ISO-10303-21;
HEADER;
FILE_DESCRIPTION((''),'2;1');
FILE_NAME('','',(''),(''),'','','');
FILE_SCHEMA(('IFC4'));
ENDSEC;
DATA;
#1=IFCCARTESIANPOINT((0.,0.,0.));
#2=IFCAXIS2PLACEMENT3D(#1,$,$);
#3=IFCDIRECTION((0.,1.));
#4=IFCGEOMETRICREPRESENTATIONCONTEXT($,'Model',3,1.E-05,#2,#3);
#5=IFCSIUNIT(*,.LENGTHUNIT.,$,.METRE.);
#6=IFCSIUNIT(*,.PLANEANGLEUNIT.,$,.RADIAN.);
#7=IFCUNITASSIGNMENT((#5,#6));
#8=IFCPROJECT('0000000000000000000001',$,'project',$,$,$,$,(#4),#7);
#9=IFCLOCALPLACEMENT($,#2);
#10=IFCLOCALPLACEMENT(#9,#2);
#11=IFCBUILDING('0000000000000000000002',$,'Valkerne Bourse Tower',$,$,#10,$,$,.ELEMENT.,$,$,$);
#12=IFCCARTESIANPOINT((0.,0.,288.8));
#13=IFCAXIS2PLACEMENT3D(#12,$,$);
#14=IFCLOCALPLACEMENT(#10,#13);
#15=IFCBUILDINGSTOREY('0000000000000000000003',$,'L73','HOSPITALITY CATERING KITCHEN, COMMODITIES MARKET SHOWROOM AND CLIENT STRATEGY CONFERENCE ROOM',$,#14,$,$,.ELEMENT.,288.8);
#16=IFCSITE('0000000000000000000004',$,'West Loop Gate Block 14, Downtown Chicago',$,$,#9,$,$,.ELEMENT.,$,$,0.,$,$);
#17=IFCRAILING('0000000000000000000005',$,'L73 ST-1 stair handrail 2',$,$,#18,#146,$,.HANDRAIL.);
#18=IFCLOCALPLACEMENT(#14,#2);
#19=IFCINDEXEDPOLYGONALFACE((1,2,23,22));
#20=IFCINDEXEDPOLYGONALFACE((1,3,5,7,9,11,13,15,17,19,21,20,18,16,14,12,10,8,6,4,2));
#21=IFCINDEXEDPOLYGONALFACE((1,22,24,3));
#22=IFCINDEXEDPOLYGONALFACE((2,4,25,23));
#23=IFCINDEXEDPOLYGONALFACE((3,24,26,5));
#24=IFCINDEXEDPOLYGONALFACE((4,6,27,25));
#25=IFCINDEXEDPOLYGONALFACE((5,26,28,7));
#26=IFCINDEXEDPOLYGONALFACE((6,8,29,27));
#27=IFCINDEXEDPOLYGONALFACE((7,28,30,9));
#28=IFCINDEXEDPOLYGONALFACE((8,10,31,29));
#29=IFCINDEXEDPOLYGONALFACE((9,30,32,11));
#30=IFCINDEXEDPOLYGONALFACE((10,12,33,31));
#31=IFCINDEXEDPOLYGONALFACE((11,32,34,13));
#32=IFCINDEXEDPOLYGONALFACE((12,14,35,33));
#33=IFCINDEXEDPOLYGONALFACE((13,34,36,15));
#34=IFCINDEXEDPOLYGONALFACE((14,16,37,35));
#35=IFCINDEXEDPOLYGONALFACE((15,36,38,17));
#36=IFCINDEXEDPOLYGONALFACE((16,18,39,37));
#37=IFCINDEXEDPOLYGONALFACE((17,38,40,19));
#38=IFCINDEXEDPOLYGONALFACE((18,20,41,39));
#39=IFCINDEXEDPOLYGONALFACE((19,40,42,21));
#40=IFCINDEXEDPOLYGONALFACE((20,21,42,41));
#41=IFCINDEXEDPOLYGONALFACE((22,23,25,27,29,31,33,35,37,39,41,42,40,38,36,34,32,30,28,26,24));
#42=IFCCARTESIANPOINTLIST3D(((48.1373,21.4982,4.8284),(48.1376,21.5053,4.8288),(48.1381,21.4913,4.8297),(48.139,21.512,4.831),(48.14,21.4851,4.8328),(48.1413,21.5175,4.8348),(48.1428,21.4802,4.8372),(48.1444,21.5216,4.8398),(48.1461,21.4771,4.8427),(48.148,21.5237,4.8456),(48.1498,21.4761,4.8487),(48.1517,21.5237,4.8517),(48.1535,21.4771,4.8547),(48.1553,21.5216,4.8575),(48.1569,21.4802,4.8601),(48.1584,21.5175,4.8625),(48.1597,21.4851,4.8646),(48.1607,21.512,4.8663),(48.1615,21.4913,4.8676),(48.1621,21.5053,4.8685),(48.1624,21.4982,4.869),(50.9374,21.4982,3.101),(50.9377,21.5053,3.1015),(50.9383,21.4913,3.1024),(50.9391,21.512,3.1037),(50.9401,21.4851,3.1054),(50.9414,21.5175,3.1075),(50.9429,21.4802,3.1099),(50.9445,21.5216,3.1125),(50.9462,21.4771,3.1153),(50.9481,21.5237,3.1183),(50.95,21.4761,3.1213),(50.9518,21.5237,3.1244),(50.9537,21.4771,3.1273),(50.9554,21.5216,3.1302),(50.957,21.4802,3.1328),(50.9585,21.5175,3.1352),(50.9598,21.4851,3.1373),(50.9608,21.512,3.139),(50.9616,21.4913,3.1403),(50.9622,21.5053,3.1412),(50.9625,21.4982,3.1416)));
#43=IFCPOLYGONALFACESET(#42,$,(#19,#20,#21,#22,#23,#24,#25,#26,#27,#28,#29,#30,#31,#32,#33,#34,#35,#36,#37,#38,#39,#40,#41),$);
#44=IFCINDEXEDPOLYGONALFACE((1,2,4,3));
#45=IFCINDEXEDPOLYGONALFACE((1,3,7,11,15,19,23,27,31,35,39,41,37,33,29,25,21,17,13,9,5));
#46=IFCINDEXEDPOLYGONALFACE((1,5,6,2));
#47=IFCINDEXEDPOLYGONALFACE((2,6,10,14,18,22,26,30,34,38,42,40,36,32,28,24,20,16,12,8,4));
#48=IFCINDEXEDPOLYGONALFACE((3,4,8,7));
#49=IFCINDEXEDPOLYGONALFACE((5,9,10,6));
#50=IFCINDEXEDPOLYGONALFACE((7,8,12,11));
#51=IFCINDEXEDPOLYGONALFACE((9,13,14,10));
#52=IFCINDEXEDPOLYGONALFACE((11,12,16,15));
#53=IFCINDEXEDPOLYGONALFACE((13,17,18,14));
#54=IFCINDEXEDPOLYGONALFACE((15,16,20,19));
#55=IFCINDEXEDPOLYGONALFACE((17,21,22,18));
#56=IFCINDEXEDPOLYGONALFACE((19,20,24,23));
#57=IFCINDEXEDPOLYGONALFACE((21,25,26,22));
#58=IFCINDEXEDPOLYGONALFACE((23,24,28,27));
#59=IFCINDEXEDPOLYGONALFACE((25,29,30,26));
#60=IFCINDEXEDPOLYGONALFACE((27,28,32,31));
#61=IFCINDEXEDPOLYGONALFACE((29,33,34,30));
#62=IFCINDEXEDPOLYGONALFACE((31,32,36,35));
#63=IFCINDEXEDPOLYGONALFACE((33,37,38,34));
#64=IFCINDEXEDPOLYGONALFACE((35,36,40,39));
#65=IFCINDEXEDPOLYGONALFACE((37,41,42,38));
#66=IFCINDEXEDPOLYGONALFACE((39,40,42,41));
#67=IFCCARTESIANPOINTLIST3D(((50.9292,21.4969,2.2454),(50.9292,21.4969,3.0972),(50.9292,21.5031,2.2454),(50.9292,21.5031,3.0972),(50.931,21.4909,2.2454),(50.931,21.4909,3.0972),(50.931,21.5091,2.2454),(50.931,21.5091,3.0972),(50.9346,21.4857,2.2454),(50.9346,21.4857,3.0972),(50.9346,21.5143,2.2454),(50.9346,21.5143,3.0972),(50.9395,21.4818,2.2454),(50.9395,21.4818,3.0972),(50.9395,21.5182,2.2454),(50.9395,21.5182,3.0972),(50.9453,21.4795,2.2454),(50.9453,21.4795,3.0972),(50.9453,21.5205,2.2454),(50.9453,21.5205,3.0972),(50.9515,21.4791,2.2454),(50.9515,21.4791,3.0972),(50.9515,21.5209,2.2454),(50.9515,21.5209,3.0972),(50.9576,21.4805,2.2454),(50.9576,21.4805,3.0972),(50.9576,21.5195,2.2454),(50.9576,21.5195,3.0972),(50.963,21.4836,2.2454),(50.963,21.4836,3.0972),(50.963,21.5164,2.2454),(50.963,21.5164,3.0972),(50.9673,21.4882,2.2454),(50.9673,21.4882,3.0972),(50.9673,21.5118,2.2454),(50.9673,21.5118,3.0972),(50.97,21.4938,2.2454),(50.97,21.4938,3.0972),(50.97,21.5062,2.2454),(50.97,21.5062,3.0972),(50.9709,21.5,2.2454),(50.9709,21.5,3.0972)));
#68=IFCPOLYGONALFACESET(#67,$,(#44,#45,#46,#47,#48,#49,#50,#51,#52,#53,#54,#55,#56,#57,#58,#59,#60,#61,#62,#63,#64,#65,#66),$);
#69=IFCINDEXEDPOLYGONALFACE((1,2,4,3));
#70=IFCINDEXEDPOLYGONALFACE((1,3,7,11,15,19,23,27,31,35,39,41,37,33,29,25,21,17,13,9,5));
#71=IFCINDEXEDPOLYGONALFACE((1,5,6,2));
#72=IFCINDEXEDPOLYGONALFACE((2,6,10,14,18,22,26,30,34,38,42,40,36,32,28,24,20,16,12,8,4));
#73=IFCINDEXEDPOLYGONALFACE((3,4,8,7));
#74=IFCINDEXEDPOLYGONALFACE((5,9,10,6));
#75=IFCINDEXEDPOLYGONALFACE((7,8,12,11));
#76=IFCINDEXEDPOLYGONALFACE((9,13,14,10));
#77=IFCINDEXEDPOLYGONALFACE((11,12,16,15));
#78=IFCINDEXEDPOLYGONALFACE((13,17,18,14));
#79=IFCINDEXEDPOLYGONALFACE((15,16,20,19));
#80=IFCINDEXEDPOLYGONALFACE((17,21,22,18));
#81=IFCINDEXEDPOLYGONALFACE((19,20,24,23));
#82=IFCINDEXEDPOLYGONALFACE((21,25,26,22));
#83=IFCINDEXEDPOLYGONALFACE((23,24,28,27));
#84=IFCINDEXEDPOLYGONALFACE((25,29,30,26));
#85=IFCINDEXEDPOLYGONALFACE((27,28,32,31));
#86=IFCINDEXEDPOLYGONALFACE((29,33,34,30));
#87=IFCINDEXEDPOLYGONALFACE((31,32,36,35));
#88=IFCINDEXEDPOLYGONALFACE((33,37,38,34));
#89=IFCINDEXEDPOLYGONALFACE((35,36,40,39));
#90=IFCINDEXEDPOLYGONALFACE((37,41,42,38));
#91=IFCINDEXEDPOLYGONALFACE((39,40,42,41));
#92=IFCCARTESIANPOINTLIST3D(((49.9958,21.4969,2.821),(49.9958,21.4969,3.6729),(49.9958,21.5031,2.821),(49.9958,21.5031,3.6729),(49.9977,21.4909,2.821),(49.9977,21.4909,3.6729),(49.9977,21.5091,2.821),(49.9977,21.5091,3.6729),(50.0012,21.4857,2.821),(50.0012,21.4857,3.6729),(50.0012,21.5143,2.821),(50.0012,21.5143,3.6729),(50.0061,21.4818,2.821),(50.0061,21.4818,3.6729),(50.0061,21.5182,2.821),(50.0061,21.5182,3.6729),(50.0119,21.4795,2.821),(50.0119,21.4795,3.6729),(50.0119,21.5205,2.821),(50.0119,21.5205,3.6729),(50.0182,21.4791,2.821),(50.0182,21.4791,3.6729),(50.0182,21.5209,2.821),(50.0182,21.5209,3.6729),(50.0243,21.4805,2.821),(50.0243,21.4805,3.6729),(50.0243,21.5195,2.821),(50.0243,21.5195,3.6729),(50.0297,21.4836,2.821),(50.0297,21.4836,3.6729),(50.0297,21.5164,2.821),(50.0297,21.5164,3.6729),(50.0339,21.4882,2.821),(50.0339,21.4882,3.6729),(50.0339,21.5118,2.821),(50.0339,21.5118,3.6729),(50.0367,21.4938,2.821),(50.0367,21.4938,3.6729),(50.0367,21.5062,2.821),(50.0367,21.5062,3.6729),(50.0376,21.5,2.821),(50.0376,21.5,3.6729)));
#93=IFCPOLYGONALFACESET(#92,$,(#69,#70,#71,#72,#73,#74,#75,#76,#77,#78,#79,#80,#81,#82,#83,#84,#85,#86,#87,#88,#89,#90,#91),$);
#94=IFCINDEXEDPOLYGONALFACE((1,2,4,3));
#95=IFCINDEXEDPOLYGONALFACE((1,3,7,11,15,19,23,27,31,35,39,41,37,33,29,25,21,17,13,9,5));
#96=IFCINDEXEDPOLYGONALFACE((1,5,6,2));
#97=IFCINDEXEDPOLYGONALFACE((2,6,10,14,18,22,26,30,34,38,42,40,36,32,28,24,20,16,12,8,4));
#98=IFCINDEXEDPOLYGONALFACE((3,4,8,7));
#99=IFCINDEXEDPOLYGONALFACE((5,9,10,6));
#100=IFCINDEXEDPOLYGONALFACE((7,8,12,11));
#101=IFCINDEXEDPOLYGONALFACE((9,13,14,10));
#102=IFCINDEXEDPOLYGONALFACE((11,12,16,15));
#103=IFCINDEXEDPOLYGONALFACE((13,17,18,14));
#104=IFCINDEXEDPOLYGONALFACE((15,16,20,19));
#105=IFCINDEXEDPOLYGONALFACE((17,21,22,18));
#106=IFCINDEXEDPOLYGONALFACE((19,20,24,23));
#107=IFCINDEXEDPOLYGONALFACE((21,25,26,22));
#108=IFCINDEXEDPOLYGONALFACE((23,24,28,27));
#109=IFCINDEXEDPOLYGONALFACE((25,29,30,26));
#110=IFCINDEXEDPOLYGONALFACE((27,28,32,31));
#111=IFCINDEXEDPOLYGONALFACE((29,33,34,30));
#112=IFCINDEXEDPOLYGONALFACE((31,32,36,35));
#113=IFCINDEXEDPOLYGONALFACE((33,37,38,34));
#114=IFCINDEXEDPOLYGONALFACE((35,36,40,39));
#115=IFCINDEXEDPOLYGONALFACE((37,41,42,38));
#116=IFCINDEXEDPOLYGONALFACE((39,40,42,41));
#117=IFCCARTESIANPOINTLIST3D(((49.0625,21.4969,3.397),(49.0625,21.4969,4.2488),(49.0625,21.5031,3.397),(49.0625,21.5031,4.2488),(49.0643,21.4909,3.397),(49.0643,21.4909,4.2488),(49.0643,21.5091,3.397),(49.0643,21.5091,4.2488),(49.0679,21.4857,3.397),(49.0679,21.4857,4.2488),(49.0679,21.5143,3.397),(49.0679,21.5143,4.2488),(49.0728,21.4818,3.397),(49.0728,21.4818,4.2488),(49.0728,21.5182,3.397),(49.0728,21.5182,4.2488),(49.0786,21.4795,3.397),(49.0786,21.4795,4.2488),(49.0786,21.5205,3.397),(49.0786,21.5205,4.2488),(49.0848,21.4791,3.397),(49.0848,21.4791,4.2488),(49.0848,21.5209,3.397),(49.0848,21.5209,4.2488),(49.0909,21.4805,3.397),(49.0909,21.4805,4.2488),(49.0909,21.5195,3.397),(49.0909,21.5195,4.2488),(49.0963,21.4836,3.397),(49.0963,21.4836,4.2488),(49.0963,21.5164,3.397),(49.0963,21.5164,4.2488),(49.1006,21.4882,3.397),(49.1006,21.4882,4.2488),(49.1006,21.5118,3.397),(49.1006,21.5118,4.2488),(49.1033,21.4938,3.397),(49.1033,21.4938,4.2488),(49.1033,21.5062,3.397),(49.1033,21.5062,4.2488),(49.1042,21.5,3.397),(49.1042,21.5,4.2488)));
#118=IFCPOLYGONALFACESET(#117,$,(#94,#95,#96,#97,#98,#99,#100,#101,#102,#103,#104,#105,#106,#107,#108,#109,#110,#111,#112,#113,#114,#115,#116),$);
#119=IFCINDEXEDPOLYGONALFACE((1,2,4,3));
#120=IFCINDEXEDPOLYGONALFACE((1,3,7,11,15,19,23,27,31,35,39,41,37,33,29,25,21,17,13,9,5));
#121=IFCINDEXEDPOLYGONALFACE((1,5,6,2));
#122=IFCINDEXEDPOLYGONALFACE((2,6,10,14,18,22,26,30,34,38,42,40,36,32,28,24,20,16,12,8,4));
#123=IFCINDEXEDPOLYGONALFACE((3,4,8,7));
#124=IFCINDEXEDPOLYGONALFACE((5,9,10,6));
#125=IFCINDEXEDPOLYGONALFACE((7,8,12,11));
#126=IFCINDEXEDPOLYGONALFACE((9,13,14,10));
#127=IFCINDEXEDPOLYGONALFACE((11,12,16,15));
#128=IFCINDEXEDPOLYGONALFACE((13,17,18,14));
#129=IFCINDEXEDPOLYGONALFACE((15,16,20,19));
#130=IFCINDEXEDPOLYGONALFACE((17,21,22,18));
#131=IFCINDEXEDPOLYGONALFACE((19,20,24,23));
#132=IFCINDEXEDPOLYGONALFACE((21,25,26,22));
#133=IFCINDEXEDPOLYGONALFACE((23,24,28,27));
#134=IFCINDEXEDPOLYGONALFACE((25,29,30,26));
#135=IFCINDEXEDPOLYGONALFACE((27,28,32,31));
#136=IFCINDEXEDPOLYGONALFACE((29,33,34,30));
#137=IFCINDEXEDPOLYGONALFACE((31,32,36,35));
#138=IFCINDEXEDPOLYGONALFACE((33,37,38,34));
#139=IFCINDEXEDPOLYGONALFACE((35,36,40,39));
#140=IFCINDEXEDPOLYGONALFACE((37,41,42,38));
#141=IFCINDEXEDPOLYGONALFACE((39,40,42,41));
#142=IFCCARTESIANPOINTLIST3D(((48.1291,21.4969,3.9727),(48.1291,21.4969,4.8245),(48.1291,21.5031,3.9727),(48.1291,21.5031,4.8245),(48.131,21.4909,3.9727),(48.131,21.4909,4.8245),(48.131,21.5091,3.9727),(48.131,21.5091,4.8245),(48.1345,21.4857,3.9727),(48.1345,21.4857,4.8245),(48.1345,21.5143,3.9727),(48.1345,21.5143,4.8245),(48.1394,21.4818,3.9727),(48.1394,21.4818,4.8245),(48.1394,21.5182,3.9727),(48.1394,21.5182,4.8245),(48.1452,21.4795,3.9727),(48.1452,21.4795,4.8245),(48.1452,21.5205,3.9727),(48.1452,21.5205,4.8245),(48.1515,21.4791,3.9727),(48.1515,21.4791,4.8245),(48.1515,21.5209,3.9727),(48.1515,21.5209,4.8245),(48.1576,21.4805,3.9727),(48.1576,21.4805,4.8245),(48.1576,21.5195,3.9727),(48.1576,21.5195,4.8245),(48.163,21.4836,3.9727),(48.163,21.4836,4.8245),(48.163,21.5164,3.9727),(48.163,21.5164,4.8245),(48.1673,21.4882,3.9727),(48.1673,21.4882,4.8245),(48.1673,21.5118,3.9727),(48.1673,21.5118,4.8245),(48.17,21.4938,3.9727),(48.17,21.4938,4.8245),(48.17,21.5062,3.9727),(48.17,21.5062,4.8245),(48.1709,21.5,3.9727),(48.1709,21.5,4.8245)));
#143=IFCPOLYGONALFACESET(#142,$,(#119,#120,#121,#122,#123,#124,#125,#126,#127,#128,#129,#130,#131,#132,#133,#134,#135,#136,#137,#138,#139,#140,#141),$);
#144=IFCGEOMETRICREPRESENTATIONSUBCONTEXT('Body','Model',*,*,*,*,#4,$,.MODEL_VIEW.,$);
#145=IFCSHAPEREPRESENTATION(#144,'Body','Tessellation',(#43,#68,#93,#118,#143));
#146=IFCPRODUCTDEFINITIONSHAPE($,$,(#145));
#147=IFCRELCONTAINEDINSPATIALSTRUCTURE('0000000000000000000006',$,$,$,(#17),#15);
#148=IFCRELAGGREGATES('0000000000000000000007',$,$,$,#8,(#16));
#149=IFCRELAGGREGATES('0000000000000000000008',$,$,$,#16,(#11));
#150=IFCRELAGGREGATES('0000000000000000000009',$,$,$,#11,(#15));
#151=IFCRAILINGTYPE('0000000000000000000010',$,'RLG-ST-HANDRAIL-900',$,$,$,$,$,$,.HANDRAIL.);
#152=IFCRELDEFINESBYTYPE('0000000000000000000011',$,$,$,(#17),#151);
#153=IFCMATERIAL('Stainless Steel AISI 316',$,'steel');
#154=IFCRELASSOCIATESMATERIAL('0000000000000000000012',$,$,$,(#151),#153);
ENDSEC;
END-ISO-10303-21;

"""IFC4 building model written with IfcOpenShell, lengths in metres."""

from ifc_helpers import new_model, si_unit, direction, frame, origin, origin_2d, place, context, subcontext, project, spatial, circle, extrude, material, type_object, element, save


model = new_model("IFC4")

# Units and contexts
model_context = context("Model", 3, precision=1e-05, world=origin(), true_north=direction((0.0, 1.0)))
body_context = subcontext(model_context, "Body", "Model", "MODEL_VIEW")
ifc_project = project(units=[si_unit("LENGTHUNIT", "METRE"), si_unit("PLANEANGLEUNIT", "RADIAN")], contexts=[model_context])

# Site, building, storey
site_placement = place(None, origin())
site = spatial("IfcSite", under=ifc_project, at=site_placement, Name="West Loop Gate Block 14, Downtown Chicago", CompositionType="ELEMENT", RefElevation=0.0)
building_placement = place(site_placement, origin())
building = spatial("IfcBuilding", under=site, at=building_placement, Name="Valkerne Bourse Tower", CompositionType="ELEMENT")
storey_placement = place(building_placement, frame((0.0, 0.0, 288.8)))
storey = spatial("IfcBuildingStorey", under=building, at=storey_placement, Name="L73", Description="HOSPITALITY CATERING KITCHEN, COMMODITIES MARKET SHOWROOM AND CLIENT STRATEGY CONFERENCE ROOM", CompositionType="ELEMENT", Elevation=288.8)

# Shared definitions
ifc_material_1 = material(Name="Stainless Steel AISI 316", Category="steel")

# Railing
railing_type_1 = type_object("IfcRailingType", Name="RLG-ST-HANDRAIL-900", PredefinedType="HANDRAIL", material=ifc_material_1)
railing_1_placement = place(storey_placement, frame((50.95, 21.5, 2.2454)))
element("IfcRailing", 1, at=railing_1_placement, inside=storey, type_object=railing_type_1, Name="L73 ST-1 stair handrail 2", PredefinedType="HANDRAIL", context=body_context, shape_type="SweptSolid", body=[
    extrude(circle(Radius=0.0239, at=origin_2d()), frame((0.0, 0.0, 0.876), z_axis=(-0.85109, 0.0, 0.52502), x_axis=(0.0, -1.0, 0.0)), (0.0, 0.0, 1.0), 3.29),
    extrude(circle(Radius=0.021, at=origin_2d()), origin(), (0.0, 0.0, 1.0), 0.8518),
    extrude(circle(Radius=0.021, at=origin_2d()), frame((-0.9333, 0.0, 0.5757)), (0.0, 0.0, 1.0), 0.8518),
    extrude(circle(Radius=0.021, at=origin_2d()), frame((-1.8667, 0.0, 1.1516)), (0.0, 0.0, 1.0), 0.8518),
    extrude(circle(Radius=0.021, at=origin_2d()), frame((-2.8, 0.0, 1.7273)), (0.0, 0.0, 1.0), 0.8518),
])

save(model, "model.ifc")
